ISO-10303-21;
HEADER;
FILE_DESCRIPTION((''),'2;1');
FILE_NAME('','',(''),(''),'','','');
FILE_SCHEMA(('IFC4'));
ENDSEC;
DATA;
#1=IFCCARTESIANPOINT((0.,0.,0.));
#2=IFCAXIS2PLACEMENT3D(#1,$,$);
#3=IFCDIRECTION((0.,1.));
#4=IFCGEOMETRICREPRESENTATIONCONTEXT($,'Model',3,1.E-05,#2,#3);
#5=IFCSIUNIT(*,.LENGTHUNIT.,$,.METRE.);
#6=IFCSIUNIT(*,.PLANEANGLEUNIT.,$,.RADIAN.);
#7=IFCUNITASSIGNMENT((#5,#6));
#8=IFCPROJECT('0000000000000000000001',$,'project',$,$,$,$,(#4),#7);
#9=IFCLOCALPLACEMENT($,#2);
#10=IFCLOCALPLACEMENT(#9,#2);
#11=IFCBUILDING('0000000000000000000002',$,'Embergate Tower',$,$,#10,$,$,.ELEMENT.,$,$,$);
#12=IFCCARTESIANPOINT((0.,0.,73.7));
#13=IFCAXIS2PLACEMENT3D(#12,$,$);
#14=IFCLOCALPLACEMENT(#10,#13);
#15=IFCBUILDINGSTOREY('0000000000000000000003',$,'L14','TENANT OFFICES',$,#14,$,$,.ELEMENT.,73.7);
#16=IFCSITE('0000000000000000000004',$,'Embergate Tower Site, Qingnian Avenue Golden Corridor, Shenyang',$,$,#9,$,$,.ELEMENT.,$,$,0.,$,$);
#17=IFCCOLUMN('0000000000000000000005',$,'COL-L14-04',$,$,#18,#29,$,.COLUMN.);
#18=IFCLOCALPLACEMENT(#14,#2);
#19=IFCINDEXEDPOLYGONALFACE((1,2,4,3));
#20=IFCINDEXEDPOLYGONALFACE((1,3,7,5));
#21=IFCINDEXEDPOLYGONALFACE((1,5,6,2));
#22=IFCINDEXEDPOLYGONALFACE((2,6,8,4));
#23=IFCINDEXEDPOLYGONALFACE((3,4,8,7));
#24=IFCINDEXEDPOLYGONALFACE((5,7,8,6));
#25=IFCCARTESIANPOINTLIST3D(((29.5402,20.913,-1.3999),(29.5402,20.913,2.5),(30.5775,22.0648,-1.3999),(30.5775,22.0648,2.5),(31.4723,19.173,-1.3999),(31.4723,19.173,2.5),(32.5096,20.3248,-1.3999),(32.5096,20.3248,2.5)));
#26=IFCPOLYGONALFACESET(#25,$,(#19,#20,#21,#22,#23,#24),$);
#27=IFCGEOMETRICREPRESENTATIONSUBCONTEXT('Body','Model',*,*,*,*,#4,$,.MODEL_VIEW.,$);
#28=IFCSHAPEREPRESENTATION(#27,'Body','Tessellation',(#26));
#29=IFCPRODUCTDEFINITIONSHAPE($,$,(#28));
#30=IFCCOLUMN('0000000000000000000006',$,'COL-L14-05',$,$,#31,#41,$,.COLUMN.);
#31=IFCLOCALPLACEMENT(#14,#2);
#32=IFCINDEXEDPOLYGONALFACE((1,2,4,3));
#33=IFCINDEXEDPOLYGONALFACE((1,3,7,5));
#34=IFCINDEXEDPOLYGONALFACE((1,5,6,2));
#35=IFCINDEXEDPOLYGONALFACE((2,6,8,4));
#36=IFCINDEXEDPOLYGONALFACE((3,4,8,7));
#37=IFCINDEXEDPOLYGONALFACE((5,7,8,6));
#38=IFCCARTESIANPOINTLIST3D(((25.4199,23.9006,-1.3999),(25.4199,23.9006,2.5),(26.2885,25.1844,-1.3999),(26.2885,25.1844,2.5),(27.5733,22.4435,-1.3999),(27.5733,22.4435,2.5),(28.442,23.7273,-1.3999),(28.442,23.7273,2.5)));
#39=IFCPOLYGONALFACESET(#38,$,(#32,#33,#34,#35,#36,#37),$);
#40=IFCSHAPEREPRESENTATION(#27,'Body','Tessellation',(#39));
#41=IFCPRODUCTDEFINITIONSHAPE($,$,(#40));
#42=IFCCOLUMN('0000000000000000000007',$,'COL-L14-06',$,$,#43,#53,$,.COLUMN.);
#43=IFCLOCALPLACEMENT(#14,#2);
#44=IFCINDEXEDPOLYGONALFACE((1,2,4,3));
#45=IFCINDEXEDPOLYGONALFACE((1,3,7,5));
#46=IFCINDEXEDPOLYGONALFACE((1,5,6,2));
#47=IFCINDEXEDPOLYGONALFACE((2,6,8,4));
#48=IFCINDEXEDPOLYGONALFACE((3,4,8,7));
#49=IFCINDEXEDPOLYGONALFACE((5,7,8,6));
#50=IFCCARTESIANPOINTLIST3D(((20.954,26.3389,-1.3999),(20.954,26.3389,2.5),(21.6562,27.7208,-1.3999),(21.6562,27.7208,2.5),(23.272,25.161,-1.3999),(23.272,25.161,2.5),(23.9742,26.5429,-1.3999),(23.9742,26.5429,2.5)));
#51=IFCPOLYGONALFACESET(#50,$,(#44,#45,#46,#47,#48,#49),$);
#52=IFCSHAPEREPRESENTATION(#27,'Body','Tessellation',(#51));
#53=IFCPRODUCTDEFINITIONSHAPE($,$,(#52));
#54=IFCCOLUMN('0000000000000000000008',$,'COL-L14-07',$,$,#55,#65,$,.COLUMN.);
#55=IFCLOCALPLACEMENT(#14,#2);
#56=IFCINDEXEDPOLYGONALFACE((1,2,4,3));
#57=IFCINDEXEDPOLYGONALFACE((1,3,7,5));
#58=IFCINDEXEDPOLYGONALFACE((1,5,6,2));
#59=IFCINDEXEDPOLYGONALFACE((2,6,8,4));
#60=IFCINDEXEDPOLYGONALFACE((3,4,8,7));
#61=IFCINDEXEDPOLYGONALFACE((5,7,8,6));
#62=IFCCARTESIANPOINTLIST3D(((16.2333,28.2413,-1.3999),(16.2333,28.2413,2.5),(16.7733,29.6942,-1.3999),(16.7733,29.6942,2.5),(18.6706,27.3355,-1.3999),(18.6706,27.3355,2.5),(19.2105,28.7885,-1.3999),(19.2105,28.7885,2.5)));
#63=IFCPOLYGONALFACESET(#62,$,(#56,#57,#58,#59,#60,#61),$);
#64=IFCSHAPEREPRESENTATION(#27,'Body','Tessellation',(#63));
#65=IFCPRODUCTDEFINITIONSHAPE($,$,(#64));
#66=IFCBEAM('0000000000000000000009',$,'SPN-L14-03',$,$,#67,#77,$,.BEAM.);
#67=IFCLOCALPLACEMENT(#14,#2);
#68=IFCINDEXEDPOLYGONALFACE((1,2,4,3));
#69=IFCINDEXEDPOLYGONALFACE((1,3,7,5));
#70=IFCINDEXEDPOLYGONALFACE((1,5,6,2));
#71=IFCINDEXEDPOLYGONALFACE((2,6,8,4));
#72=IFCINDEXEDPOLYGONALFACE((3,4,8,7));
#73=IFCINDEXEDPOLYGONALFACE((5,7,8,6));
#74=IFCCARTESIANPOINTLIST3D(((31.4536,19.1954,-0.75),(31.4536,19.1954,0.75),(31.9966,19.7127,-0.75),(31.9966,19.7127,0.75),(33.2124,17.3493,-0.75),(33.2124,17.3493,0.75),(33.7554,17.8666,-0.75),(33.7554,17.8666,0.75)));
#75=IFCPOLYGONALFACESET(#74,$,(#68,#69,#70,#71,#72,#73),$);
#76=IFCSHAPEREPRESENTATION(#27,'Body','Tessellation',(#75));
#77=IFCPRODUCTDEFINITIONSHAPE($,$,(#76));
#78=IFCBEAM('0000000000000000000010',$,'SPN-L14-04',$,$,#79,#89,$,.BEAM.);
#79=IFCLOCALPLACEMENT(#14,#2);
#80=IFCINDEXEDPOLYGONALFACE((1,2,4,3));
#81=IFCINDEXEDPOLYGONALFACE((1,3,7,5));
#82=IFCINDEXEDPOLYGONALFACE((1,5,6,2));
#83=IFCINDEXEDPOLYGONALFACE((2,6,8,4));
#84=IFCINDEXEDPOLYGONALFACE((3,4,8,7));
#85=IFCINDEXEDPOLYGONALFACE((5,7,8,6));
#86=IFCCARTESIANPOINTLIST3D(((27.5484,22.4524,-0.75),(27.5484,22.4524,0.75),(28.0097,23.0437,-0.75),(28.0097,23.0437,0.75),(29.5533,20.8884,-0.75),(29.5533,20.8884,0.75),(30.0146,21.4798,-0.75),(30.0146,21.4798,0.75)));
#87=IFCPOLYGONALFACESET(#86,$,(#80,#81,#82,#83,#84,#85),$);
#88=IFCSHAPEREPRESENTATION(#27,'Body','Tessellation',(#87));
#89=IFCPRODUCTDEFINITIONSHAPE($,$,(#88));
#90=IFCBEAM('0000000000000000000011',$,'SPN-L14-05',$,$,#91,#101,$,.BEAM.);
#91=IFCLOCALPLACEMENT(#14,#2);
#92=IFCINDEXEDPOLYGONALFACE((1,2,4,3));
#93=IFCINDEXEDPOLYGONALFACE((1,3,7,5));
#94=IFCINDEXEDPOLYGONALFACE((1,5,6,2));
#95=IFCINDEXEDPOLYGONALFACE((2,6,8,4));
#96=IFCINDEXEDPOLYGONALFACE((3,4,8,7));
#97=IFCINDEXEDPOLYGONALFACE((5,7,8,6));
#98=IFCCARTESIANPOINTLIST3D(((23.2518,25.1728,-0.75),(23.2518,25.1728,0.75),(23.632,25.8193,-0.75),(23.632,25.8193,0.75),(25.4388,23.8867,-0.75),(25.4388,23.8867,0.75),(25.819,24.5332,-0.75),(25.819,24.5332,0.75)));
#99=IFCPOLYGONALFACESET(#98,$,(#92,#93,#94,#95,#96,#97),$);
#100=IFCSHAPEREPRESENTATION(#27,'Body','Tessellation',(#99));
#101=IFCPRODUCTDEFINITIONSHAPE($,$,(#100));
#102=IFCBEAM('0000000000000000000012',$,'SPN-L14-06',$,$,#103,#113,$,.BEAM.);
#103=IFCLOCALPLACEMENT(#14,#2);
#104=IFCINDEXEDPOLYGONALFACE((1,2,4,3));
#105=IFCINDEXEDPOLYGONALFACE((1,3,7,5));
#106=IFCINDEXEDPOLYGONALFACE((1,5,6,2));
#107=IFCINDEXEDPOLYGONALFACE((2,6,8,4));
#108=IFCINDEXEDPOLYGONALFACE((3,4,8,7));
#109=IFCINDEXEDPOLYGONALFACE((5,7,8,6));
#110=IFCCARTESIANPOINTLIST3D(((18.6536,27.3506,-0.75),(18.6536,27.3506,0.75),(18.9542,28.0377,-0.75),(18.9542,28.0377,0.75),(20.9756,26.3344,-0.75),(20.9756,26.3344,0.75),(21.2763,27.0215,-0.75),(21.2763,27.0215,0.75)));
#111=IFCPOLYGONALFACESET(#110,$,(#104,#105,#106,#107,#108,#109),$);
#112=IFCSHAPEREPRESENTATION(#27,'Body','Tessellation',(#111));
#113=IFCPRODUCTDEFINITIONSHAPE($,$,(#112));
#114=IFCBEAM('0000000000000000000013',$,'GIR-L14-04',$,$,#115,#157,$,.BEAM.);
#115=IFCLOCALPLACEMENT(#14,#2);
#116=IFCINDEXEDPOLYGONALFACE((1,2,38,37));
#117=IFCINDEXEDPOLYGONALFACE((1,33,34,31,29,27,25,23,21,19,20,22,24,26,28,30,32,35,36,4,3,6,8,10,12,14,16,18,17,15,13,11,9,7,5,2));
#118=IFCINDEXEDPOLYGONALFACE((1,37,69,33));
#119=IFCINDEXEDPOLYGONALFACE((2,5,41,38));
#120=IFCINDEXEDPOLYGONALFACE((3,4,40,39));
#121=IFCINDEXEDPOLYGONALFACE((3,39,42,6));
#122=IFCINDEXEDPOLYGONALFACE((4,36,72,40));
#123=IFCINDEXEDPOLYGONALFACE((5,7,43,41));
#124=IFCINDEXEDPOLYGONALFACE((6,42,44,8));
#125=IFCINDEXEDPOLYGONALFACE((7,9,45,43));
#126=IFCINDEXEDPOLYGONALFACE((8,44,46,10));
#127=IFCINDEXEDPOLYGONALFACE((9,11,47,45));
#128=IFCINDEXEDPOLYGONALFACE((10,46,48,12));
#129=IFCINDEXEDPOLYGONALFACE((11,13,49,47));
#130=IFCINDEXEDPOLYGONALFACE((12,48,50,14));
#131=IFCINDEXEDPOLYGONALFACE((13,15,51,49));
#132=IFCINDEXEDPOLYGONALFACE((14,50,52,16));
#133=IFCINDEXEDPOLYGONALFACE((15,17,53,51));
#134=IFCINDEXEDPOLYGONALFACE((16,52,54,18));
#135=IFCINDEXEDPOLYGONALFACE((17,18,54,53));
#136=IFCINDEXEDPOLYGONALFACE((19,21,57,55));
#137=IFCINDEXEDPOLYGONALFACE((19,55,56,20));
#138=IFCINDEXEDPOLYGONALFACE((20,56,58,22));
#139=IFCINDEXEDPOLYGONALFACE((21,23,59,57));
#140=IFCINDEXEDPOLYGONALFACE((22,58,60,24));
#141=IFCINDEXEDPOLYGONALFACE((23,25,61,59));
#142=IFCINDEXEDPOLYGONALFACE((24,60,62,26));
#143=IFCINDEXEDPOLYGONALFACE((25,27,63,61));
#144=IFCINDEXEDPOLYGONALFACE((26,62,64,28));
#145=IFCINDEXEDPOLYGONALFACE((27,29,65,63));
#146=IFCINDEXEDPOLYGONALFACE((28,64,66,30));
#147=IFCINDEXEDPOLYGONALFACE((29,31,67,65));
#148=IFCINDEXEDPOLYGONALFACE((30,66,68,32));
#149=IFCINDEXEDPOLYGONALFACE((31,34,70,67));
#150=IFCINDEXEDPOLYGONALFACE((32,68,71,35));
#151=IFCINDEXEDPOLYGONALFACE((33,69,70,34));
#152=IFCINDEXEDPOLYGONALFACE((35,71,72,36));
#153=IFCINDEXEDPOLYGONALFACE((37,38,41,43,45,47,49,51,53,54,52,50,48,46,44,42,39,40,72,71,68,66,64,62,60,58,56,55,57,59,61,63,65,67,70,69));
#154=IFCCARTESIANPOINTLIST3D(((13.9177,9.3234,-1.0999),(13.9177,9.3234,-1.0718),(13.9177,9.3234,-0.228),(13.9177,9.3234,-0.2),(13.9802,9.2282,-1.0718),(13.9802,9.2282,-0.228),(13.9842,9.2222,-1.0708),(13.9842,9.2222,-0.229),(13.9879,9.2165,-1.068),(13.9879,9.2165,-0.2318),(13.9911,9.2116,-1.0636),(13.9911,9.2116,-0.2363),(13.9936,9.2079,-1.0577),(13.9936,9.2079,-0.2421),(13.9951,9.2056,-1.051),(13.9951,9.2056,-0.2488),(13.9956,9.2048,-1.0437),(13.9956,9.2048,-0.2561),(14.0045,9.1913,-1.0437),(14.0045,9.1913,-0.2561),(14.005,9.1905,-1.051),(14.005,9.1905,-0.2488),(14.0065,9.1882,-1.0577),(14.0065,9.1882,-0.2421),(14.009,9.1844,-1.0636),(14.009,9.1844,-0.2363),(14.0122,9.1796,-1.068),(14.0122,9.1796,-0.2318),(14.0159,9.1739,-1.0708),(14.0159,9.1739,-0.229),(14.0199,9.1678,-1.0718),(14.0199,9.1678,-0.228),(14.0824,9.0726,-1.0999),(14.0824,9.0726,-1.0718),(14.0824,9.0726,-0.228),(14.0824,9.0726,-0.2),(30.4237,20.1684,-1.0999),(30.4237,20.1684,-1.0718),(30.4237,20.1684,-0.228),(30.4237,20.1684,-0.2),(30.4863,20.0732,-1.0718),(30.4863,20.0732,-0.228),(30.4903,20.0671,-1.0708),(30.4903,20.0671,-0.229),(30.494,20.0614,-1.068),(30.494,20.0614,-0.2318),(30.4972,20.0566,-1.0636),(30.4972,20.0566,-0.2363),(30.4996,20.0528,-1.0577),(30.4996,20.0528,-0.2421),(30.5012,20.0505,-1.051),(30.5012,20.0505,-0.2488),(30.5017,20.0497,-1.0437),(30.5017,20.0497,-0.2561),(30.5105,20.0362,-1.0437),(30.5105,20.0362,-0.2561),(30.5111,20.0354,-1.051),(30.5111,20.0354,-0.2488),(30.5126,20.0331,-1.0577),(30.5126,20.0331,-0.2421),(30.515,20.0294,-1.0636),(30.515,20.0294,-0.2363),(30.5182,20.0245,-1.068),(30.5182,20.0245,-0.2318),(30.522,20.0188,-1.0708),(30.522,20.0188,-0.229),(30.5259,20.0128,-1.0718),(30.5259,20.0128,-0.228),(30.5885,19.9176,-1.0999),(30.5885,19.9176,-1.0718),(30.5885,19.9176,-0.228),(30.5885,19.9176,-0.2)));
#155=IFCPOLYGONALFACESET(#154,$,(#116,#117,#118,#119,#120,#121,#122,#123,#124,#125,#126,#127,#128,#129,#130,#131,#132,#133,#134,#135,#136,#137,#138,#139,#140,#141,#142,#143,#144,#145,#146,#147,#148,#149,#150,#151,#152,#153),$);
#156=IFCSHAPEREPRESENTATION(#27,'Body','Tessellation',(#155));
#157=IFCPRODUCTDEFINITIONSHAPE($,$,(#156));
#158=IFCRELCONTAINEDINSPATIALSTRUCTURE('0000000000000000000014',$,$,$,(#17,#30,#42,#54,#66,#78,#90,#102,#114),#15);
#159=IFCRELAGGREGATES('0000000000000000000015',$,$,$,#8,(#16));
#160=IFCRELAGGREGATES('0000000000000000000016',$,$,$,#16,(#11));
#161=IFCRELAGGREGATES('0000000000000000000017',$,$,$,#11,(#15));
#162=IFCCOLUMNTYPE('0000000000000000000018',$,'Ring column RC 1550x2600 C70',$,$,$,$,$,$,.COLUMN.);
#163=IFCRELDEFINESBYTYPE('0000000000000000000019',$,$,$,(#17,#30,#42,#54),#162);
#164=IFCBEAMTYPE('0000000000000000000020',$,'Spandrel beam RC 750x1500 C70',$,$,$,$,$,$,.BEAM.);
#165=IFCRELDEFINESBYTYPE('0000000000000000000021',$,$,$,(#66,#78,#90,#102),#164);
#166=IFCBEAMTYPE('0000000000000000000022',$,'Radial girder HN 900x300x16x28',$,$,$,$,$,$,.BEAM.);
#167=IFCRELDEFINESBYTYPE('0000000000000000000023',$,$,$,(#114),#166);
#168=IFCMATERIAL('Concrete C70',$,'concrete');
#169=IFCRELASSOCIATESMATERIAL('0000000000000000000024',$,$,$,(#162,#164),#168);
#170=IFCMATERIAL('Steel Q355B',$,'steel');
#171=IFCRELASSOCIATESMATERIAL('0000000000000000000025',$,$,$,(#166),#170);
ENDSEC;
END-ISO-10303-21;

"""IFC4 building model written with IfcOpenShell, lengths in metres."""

from ifc_helpers import new_model, si_unit, direction, frame, origin, origin_2d, place, context, subcontext, project, spatial, rectangle, i_section, extrude, source, transform, mapped, material, material_profile, profile_set, type_object, element, save


model = new_model("IFC4")

# Units and contexts
model_context = context("Model", 3, precision=1e-05, world=origin(), true_north=direction((0.0, 1.0)))
body_context = subcontext(model_context, "Body", "Model", "MODEL_VIEW")
ifc_project = project(units=[si_unit("LENGTHUNIT", "METRE"), si_unit("PLANEANGLEUNIT", "RADIAN")], contexts=[model_context])

# Site, building, storey
site_placement = place(None, origin())
site = spatial("IfcSite", under=ifc_project, at=site_placement, Name="Embergate Tower Site, Qingnian Avenue Golden Corridor, Shenyang", CompositionType="ELEMENT", RefElevation=0.0)
building_placement = place(site_placement, origin())
building = spatial("IfcBuilding", under=site, at=building_placement, Name="Embergate Tower", CompositionType="ELEMENT")
storey_placement = place(building_placement, frame((0.0, 0.0, 73.7)))
storey = spatial("IfcBuildingStorey", under=building, at=storey_placement, Name="L14", Description="TENANT OFFICES", CompositionType="ELEMENT", Elevation=73.7)

# Columns
ifc_material_1 = material(Name="Concrete C70", Category="concrete")
ifc_material_profile_1 = material_profile(ifc_material_1, rectangle(XDim=1.55, YDim=2.6001, at=origin_2d()), Name="RC 1550x2600")
ifc_profile_set_1 = profile_set([ifc_material_profile_1], Name="Concrete C70")
column_type = type_object("IfcColumnType", Name="Ring column RC 1550x2600 C70", PredefinedType="COLUMN", material=ifc_profile_set_1)
shared_shape_1 = source(origin(), body_context, "Body", "SweptSolid", [
    extrude(rectangle(XDim=1.55, YDim=2.6001, at=origin_2d()), origin(), (0.0, 0.0, 1.0), 3.8999),
])
for number, where, z_axis, x_axis, name in (
    (1, (31.0249, 20.6189, -1.3999), (0.0, 0.0, 1.0), (0.669208, 0.743075, 0.0), "COL-L14-04"),
    (2, (26.9309, 23.814, -1.3999), (0.0, 0.0, 1.0), (0.560393, 0.828227, 0.0), "COL-L14-05"),
    (3, (22.4641, 26.4409, -1.3999), (0.0, 0.0, 1.0), (0.453011, 0.891505, 0.0), "COL-L14-06"),
    (4, (17.7219, 28.5149, -1.3999), (0.0, 0.0, 1.0), (0.348343, 0.937367, 0.0), "COL-L14-07"),
):
    element("IfcColumn", number, at=place(storey_placement, frame(where, z_axis=z_axis, x_axis=x_axis)), inside=storey, type_object=column_type, Name=name, PredefinedType="COLUMN", context=body_context, shape_type="MappedRepresentation", body=[
        mapped(shared_shape_1, transform((0.0, 0.0, 0.0))),
    ])

# Beams
ifc_material_profile_2 = material_profile(ifc_material_1, rectangle(XDim=0.75, YDim=1.5, at=origin_2d()), Name="RC 750x1500")
ifc_profile_set_2 = profile_set([ifc_material_profile_2], Name="Concrete C70")
beam_type_1 = type_object("IfcBeamType", Name="Spandrel beam RC 750x1500 C70", PredefinedType="BEAM", material=ifc_profile_set_2)
shared_shape_2 = source(origin(), body_context, "Body", "SweptSolid", [
    extrude(rectangle(XDim=0.75, YDim=1.5, at=origin_2d()), origin(), (0.0, 0.0, 1.0), 2.5498),
])
beam_1_placement = place(storey_placement, frame((33.4839, 17.6079, 0.0), z_axis=(-0.68976, 0.724038, 0.0), x_axis=(-0.724038, -0.68976, 0.0)))
element("IfcBeam", 5, at=beam_1_placement, inside=storey, type_object=beam_type_1, Name="SPN-L14-03", PredefinedType="BEAM", context=body_context, shape_type="MappedRepresentation", body=[
    mapped(shared_shape_2, transform((0.0, 0.0, 0.0))),
])
shared_shape_3 = source(origin(), body_context, "Body", "SweptSolid", [
    extrude(rectangle(XDim=0.75, YDim=1.5, at=origin_2d()), origin(), (0.0, 0.0, 1.0), 2.5427),
])
beam_2_placement = place(storey_placement, frame((29.7839, 21.1841, 0.0), z_axis=(-0.788473, 0.61507, 0.0), x_axis=(-0.61507, -0.788473, 0.0)))
element("IfcBeam", 6, at=beam_2_placement, inside=storey, type_object=beam_type_1, Name="SPN-L14-04", PredefinedType="BEAM", context=body_context, shape_type="MappedRepresentation", body=[
    mapped(shared_shape_3, transform((0.0, 0.0, 0.0))),
])
shared_shape_4 = source(origin(), body_context, "Body", "SweptSolid", [
    extrude(rectangle(XDim=0.75, YDim=1.5, at=origin_2d()), origin(), (0.0, 0.0, 1.0), 2.5371),
])
beam_3_placement = place(storey_placement, frame((25.6289, 24.21, 0.0), z_axis=(-0.861994, 0.506919, 0.0), x_axis=(-0.506919, -0.861994, 0.0)))
element("IfcBeam", 7, at=beam_3_placement, inside=storey, type_object=beam_type_1, Name="SPN-L14-05", PredefinedType="BEAM", context=body_context, shape_type="MappedRepresentation", body=[
    mapped(shared_shape_4, transform((0.0, 0.0, 0.0))),
])
shared_shape_5 = source(origin(), body_context, "Body", "SweptSolid", [
    extrude(rectangle(XDim=0.75, YDim=1.5, at=origin_2d()), origin(), (0.0, 0.0, 1.0), 2.5347),
])
beam_4_placement = place(storey_placement, frame((21.126, 26.678, 0.0), z_axis=(-0.916124, 0.400895, 0.0), x_axis=(-0.400895, -0.916124, 0.0)))
element("IfcBeam", 8, at=beam_4_placement, inside=storey, type_object=beam_type_1, Name="SPN-L14-06", PredefinedType="BEAM", context=body_context, shape_type="MappedRepresentation", body=[
    mapped(shared_shape_5, transform((0.0, 0.0, 0.0))),
])
ifc_material_2 = material(Name="Steel Q355B", Category="steel")
ifc_material_profile_3 = material_profile(ifc_material_2, i_section(OverallWidth=0.3, OverallDepth=0.8999, WebThickness=0.0161, FlangeThickness=0.0281, FilletRadius=0.0281, at=origin_2d()), Name="HN 900x300x16x28")
ifc_profile_set_3 = profile_set([ifc_material_profile_3], Name="Steel Q355 grade B")
beam_type_2 = type_object("IfcBeamType", Name="Radial girder HN 900x300x16x28", PredefinedType="BEAM", material=ifc_profile_set_3)
shared_shape_6 = source(origin(), body_context, "Body", "SweptSolid", [
    extrude(i_section(OverallWidth=0.3, OverallDepth=0.8999, WebThickness=0.0161, FlangeThickness=0.0281, FilletRadius=0.0281, at=origin_2d()), origin(), (0.0, 0.0, 1.0), 19.75),
])
beam_5_placement = place(storey_placement, frame((30.5061, 20.043, -0.6499), z_axis=(-0.83575, -0.549111, 0.0), x_axis=(0.549111, -0.83575, 0.0)))
element("IfcBeam", 9, at=beam_5_placement, inside=storey, type_object=beam_type_2, Name="GIR-L14-04", PredefinedType="BEAM", context=body_context, shape_type="MappedRepresentation", body=[
    mapped(shared_shape_6, transform((0.0, 0.0, 0.0))),
])

save(model, "model.ifc")
